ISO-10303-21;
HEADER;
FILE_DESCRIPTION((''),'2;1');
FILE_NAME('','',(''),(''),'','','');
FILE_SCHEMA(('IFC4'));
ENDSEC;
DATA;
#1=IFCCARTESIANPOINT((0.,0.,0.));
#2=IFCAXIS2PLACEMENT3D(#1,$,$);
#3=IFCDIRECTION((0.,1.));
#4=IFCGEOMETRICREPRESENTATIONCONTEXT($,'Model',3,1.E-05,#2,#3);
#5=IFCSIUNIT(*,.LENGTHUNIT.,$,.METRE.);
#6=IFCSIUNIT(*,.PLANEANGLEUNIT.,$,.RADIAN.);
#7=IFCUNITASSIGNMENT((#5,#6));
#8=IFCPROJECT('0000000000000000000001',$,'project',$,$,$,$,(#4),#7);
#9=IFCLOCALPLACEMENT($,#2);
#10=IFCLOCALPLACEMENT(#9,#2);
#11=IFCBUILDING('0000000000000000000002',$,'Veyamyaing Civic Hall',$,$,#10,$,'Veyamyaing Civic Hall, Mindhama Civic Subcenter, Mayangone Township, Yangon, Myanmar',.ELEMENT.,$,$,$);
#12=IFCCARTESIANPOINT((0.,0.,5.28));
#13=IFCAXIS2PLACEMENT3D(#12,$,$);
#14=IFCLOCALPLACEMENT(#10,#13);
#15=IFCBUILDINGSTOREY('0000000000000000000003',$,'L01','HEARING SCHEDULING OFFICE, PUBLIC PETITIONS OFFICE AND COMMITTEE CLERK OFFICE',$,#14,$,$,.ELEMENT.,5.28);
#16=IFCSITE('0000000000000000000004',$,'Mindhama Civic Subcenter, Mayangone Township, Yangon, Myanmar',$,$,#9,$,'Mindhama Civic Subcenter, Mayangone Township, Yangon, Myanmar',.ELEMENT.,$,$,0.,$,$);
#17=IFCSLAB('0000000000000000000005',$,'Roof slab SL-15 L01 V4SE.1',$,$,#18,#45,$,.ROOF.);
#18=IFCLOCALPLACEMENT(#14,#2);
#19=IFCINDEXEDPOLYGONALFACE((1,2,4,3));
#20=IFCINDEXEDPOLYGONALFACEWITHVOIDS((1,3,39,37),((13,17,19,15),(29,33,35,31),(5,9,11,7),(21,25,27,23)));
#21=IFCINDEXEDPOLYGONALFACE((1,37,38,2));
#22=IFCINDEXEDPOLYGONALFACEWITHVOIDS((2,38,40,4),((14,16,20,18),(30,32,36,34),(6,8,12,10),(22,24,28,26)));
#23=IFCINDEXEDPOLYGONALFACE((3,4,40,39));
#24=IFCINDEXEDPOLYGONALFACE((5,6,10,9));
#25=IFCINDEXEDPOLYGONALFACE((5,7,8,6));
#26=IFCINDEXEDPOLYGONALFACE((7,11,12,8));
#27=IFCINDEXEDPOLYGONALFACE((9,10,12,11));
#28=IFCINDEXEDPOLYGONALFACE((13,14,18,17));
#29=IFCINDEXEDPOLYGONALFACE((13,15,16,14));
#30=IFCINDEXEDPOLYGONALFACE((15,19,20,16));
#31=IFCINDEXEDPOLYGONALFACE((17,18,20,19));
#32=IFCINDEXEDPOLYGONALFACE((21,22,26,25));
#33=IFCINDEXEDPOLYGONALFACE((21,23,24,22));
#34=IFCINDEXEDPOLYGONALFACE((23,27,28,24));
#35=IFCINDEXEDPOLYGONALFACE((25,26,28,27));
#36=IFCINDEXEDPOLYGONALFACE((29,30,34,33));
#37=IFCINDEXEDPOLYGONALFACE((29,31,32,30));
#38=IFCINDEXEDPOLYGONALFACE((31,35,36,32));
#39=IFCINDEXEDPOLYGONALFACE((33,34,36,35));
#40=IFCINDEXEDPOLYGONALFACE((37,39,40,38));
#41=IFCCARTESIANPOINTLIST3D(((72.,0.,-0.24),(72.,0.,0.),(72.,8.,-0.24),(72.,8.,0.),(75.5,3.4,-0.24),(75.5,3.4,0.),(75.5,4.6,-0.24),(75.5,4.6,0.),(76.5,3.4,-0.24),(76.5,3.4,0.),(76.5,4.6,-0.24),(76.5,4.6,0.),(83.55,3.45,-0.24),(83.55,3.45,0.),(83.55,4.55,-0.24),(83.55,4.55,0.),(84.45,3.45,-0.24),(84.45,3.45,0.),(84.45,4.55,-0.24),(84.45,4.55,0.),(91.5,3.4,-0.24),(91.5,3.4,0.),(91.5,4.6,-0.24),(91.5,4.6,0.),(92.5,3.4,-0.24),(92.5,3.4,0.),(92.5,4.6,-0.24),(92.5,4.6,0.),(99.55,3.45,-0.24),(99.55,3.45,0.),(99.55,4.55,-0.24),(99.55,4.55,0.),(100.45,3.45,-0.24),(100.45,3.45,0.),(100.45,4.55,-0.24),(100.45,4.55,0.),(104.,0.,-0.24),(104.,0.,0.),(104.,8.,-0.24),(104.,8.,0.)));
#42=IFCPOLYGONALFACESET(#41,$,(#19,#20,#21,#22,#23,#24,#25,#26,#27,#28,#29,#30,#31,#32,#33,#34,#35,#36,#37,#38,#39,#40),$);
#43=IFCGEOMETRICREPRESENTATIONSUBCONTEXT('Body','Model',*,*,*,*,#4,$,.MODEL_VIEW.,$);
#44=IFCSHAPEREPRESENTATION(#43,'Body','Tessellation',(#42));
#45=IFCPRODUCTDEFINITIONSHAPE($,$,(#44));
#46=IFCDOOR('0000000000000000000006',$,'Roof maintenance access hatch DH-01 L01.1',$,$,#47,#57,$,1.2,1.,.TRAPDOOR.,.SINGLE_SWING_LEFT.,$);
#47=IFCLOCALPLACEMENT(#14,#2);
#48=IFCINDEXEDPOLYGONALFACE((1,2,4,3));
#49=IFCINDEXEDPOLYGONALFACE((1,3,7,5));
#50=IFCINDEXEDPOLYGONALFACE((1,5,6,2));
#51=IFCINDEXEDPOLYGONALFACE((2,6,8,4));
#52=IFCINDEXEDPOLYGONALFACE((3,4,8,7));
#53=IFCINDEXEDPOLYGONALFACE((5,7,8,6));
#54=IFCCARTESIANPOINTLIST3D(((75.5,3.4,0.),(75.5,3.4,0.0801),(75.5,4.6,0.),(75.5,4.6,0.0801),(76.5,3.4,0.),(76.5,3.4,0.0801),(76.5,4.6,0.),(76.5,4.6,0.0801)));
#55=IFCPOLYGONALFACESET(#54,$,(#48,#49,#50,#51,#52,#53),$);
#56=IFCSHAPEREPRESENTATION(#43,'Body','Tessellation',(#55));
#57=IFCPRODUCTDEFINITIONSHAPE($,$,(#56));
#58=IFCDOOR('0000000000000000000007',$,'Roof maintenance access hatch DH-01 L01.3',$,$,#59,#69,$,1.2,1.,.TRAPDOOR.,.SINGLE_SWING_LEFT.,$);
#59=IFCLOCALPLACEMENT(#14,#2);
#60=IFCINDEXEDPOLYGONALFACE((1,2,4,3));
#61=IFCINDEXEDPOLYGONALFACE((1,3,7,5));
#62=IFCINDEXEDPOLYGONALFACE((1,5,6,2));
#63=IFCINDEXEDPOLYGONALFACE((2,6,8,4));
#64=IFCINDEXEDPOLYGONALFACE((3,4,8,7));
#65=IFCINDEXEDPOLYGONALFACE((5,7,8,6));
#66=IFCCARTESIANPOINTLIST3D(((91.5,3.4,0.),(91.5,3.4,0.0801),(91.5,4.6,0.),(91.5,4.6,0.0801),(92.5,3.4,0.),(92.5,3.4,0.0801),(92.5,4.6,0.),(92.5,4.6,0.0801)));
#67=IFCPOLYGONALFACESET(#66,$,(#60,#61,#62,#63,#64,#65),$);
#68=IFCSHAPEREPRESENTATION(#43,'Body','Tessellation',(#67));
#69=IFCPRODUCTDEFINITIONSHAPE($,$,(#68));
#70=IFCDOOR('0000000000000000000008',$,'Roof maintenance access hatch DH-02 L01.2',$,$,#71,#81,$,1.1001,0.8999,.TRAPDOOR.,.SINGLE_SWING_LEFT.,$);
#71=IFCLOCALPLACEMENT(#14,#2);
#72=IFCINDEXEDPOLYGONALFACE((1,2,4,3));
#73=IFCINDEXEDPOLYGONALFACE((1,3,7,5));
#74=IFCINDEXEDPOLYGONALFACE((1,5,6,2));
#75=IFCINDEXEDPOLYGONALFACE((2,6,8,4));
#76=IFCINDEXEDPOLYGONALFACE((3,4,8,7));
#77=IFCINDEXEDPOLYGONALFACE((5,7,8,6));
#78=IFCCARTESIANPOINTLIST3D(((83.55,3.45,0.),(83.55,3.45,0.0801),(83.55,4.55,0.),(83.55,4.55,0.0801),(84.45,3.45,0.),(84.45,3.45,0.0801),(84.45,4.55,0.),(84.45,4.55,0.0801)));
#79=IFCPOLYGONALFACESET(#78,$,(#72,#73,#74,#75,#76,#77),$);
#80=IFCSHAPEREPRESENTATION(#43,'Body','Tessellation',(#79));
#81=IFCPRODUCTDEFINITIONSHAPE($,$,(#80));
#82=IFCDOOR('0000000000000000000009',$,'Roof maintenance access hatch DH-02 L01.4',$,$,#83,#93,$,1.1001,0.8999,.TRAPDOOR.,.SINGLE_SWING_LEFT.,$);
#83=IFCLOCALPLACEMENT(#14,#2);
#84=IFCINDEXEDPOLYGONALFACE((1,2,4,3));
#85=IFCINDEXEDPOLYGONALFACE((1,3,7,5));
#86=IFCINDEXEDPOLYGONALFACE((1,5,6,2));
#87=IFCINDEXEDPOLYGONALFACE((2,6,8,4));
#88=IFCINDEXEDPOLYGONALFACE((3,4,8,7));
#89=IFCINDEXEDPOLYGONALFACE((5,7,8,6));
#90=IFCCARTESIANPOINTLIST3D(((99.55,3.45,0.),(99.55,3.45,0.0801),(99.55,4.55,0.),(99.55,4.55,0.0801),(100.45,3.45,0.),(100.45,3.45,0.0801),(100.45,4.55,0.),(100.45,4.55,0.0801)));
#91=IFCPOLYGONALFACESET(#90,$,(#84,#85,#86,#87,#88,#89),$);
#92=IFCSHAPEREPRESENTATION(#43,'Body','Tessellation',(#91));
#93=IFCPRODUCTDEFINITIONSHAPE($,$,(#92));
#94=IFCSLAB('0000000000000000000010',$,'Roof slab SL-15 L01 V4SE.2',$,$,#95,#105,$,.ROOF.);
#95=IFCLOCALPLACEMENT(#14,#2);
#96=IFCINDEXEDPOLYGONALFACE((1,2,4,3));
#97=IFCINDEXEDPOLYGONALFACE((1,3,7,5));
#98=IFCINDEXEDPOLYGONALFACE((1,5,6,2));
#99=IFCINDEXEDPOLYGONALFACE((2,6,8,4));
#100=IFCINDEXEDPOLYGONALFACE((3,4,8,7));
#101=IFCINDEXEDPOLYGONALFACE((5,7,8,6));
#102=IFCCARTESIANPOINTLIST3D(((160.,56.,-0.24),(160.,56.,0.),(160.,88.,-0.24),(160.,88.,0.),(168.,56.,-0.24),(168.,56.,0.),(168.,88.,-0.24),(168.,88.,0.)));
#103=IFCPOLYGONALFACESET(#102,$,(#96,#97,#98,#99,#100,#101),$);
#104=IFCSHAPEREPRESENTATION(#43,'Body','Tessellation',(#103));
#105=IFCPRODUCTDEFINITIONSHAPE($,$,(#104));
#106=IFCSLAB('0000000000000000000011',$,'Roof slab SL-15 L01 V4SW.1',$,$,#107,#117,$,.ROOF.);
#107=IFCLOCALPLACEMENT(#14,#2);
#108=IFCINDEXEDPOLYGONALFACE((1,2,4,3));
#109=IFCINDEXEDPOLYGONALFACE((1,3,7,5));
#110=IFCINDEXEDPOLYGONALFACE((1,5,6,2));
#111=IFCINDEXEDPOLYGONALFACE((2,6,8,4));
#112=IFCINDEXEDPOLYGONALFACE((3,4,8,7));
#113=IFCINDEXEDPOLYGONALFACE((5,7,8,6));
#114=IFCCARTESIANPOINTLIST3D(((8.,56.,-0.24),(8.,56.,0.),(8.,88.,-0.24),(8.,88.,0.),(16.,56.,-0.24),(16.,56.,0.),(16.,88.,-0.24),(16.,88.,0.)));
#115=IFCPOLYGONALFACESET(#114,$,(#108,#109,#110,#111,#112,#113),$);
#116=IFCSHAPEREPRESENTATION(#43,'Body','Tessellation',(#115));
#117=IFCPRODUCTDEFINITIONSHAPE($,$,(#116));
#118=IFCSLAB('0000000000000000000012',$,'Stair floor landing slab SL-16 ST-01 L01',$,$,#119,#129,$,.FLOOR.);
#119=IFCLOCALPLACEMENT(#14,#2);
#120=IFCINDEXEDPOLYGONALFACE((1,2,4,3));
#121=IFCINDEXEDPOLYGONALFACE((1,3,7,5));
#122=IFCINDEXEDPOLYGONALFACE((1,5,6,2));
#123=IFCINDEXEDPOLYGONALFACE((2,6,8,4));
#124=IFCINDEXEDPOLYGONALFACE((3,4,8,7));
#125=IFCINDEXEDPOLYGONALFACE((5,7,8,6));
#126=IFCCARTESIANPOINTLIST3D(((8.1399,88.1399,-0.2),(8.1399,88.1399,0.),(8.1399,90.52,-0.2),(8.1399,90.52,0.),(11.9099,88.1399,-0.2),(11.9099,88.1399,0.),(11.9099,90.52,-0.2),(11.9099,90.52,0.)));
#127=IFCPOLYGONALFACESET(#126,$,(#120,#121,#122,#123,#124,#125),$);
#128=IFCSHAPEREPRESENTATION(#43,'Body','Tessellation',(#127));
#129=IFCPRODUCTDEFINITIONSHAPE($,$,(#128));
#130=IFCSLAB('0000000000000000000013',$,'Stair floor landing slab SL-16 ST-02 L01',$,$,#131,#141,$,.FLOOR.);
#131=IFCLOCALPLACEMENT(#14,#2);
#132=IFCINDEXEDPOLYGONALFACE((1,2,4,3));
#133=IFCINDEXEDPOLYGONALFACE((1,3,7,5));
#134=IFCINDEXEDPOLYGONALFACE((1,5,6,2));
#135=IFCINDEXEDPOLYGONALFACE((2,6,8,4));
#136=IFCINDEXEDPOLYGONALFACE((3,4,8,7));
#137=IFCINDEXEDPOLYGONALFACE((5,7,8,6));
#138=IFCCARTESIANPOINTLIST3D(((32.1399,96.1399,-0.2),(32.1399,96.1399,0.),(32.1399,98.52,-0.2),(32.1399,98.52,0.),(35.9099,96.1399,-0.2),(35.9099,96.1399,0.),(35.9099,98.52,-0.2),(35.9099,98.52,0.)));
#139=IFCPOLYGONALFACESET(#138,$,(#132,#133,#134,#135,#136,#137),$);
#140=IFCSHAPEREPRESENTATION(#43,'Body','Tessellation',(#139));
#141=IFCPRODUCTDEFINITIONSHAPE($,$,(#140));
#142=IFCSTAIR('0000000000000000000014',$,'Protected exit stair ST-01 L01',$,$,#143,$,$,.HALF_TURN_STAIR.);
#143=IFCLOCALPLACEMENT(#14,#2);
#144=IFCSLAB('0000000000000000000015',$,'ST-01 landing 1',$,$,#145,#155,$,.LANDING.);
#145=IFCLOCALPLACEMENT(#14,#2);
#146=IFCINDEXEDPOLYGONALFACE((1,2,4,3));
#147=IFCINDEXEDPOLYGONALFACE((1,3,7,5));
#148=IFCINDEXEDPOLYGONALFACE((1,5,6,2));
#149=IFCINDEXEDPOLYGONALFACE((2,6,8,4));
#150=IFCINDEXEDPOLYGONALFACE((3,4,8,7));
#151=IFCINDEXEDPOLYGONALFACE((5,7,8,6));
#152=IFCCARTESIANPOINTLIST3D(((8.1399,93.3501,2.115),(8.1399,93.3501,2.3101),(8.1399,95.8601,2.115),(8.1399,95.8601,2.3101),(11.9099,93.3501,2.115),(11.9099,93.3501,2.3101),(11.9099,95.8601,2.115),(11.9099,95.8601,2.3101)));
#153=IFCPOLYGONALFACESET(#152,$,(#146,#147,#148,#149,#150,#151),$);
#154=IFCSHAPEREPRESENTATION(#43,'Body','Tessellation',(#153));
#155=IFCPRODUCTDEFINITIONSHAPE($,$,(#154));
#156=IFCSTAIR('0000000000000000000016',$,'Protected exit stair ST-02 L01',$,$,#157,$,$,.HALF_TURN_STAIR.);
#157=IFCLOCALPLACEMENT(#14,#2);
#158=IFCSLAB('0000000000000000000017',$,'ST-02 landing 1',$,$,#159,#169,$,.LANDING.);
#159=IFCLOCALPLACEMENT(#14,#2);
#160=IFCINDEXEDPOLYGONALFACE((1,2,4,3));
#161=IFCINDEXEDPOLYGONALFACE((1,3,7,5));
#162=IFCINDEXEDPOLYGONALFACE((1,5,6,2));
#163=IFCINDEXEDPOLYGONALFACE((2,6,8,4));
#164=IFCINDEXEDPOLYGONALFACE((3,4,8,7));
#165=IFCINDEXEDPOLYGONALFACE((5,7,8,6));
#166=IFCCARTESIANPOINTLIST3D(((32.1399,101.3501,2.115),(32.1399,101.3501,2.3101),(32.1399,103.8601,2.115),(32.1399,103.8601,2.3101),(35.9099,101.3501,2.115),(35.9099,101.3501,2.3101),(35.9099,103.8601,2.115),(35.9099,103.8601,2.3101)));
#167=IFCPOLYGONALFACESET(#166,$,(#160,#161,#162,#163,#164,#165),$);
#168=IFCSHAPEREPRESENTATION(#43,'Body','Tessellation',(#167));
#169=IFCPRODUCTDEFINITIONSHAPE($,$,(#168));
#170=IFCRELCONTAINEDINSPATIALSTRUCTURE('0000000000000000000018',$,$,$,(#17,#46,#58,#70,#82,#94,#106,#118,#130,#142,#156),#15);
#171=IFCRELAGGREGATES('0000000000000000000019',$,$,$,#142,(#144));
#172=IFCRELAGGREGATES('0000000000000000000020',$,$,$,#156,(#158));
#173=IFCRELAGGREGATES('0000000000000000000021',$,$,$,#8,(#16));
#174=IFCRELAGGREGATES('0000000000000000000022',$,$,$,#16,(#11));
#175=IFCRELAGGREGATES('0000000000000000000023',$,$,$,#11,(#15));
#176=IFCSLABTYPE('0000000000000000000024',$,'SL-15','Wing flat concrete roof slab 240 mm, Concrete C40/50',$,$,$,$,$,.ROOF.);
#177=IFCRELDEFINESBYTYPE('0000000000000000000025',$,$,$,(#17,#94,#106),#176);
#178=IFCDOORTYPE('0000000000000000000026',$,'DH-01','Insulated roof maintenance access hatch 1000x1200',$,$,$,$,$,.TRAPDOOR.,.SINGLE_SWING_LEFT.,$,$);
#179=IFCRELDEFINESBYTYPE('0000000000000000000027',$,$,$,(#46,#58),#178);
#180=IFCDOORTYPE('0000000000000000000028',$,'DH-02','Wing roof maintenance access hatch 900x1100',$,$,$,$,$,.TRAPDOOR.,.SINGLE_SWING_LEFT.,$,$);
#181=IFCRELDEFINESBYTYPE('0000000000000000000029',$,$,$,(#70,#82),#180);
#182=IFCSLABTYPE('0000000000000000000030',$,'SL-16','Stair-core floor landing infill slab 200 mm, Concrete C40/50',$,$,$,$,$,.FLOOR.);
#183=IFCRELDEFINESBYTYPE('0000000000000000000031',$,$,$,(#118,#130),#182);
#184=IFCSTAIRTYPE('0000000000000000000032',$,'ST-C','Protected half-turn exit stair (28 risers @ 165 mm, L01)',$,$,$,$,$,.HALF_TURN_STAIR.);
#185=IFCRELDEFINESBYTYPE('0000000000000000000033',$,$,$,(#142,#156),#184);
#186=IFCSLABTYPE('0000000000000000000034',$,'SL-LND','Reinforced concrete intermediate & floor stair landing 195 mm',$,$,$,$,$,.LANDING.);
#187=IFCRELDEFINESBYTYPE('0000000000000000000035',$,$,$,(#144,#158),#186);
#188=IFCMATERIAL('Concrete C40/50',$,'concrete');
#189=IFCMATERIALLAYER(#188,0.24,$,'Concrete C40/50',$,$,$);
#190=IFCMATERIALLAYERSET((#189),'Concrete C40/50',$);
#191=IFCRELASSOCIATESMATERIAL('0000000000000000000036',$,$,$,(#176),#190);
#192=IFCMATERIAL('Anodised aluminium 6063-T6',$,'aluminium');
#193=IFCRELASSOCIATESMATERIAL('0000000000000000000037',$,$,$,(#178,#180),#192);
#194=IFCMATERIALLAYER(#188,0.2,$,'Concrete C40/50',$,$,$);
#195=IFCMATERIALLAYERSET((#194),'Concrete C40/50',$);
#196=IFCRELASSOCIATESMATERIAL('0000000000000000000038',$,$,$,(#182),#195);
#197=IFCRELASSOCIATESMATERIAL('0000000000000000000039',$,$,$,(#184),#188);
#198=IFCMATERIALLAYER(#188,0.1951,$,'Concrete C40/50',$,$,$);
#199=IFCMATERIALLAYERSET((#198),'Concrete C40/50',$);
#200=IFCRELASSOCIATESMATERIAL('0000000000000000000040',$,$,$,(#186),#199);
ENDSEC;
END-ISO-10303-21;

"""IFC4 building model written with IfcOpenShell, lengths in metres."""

from ifc_helpers import new_model, si_unit, direction, frame, origin, origin_2d, place, context, subcontext, project, spatial, polyline, rectangle, outline, extrude, material, layer, layer_set, type_object, element, fill, aggregate, save


model = new_model("IFC4")

# Units and contexts
model_context = context("Model", 3, precision=1e-05, world=origin(), true_north=direction((0.0, 1.0)))
body_context = subcontext(model_context, "Body", "Model", "MODEL_VIEW")
ifc_project = project(units=[si_unit("LENGTHUNIT", "METRE"), si_unit("PLANEANGLEUNIT", "RADIAN")], contexts=[model_context])

# Site, building, storey
site_placement = place(None, origin())
site = spatial("IfcSite", under=ifc_project, at=site_placement, Name="Mindhama Civic Subcenter, Mayangone Township, Yangon, Myanmar", LongName="Mindhama Civic Subcenter, Mayangone Township, Yangon, Myanmar", CompositionType="ELEMENT", RefElevation=0.0)
building_placement = place(site_placement, origin())
building = spatial("IfcBuilding", under=site, at=building_placement, Name="Veyamyaing Civic Hall", LongName="Veyamyaing Civic Hall, Mindhama Civic Subcenter, Mayangone Township, Yangon, Myanmar", CompositionType="ELEMENT")
storey_placement = place(building_placement, frame((0.0, 0.0, 5.28)))
storey = spatial("IfcBuildingStorey", under=building, at=storey_placement, Name="L01", Description="HEARING SCHEDULING OFFICE, PUBLIC PETITIONS OFFICE AND COMMITTEE CLERK OFFICE", CompositionType="ELEMENT", Elevation=5.28)

# Shared definitions
ifc_material_1 = material(Name="Concrete C40/50", Category="concrete")

# Slab, openings, doors
ifc_layer_1 = layer(ifc_material_1, 0.24, Name="Concrete C40/50")
ifc_layer_set_1 = layer_set([ifc_layer_1], Name="Concrete C40/50")
slab_type_1 = type_object("IfcSlabType", Name="SL-15", Description="Wing flat concrete roof slab 240 mm, Concrete C40/50", PredefinedType="ROOF", material=ifc_layer_set_1)
slab_1_placement = place(storey_placement, frame((0.0, 0.0, -0.24)))
slab_1 = element("IfcSlab", 1, at=slab_1_placement, inside=storey, type_object=slab_type_1, Name="Roof slab SL-15 L01 V4SE.1", PredefinedType="ROOF", context=body_context, shape_type="SweptSolid", body=[
    extrude(outline(polyline([(72.0, 8.0), (104.0, 8.0), (104.0, 0.0), (72.0, 0.0), (72.0, 8.0)])), origin(), (0.0, 0.0, 1.0), 0.24),
])
opening_1_placement = place(slab_1_placement, frame((76.0, 4.0, 0.0)))
opening_1 = element("IfcOpeningElement", 2, at=opening_1_placement, cuts=slab_1, PredefinedType="OPENING", context=body_context, shape_type="SweptSolid", body=[
    extrude(rectangle(XDim=1.0, YDim=1.2, at=origin_2d()), frame((0.0, 0.0, -0.01)), (0.0, 0.0, 1.0), 0.3401),
])
opening_2_placement = place(slab_1_placement, frame((84.0, 4.0, 0.0)))
opening_2 = element("IfcOpeningElement", 3, at=opening_2_placement, cuts=slab_1, PredefinedType="OPENING", context=body_context, shape_type="SweptSolid", body=[
    extrude(rectangle(XDim=0.8999, YDim=1.1001, at=origin_2d()), frame((0.0, 0.0, -0.01)), (0.0, 0.0, 1.0), 0.3401),
])
opening_3_placement = place(slab_1_placement, frame((92.0, 4.0, 0.0)))
opening_3 = element("IfcOpeningElement", 4, at=opening_3_placement, cuts=slab_1, PredefinedType="OPENING", context=body_context, shape_type="SweptSolid", body=[
    extrude(rectangle(XDim=1.0, YDim=1.2, at=origin_2d()), frame((0.0, 0.0, -0.01)), (0.0, 0.0, 1.0), 0.3401),
])
opening_4_placement = place(slab_1_placement, frame((100.0, 4.0, 0.0)))
opening_4 = element("IfcOpeningElement", 5, at=opening_4_placement, cuts=slab_1, PredefinedType="OPENING", context=body_context, shape_type="SweptSolid", body=[
    extrude(rectangle(XDim=0.8999, YDim=1.1001, at=origin_2d()), frame((0.0, 0.0, -0.01)), (0.0, 0.0, 1.0), 0.3401),
])
ifc_material_2 = material(Name="Anodised aluminium 6063-T6", Category="aluminium")
door_type_1 = type_object("IfcDoorType", Name="DH-01", Description="Insulated roof maintenance access hatch 1000x1200", OperationType="SINGLE_SWING_LEFT", PredefinedType="TRAPDOOR", material=ifc_material_2)
door_1_placement = place(opening_1_placement, frame((0.0, 0.0, 0.24)))
door_1 = element("IfcDoor", 6, at=door_1_placement, inside=storey, type_object=door_type_1, Name="Roof maintenance access hatch DH-01 L01.1", OperationType="SINGLE_SWING_LEFT", OverallHeight=1.2, OverallWidth=1.0, PredefinedType="TRAPDOOR", context=body_context, shape_type="SweptSolid", body=[
    extrude(rectangle(XDim=1.0, YDim=1.2, at=origin_2d()), origin(), (0.0, 0.0, 1.0), 0.0801),
])
fill(opening_1, door_1)
door_2_placement = place(opening_3_placement, frame((0.0, 0.0, 0.24)))
door_2 = element("IfcDoor", 7, at=door_2_placement, inside=storey, type_object=door_type_1, Name="Roof maintenance access hatch DH-01 L01.3", OperationType="SINGLE_SWING_LEFT", OverallHeight=1.2, OverallWidth=1.0, PredefinedType="TRAPDOOR", context=body_context, shape_type="SweptSolid", body=[
    extrude(rectangle(XDim=1.0, YDim=1.2, at=origin_2d()), origin(), (0.0, 0.0, 1.0), 0.0801),
])
fill(opening_3, door_2)
door_type_2 = type_object("IfcDoorType", Name="DH-02", Description="Wing roof maintenance access hatch 900x1100", OperationType="SINGLE_SWING_LEFT", PredefinedType="TRAPDOOR", material=ifc_material_2)
door_3_placement = place(opening_2_placement, frame((0.0, 0.0, 0.24)))
door_3 = element("IfcDoor", 8, at=door_3_placement, inside=storey, type_object=door_type_2, Name="Roof maintenance access hatch DH-02 L01.2", OperationType="SINGLE_SWING_LEFT", OverallHeight=1.1001, OverallWidth=0.8999, PredefinedType="TRAPDOOR", context=body_context, shape_type="SweptSolid", body=[
    extrude(rectangle(XDim=0.8999, YDim=1.1001, at=origin_2d()), origin(), (0.0, 0.0, 1.0), 0.0801),
])
fill(opening_2, door_3)
door_4_placement = place(opening_4_placement, frame((0.0, 0.0, 0.24)))
door_4 = element("IfcDoor", 9, at=door_4_placement, inside=storey, type_object=door_type_2, Name="Roof maintenance access hatch DH-02 L01.4", OperationType="SINGLE_SWING_LEFT", OverallHeight=1.1001, OverallWidth=0.8999, PredefinedType="TRAPDOOR", context=body_context, shape_type="SweptSolid", body=[
    extrude(rectangle(XDim=0.8999, YDim=1.1001, at=origin_2d()), origin(), (0.0, 0.0, 1.0), 0.0801),
])
fill(opening_4, door_4)

# Slabs
slab_2_placement = place(storey_placement, frame((0.0, 0.0, -0.24)))
element("IfcSlab", 10, at=slab_2_placement, inside=storey, type_object=slab_type_1, Name="Roof slab SL-15 L01 V4SE.2", PredefinedType="ROOF", context=body_context, shape_type="SweptSolid", body=[
    extrude(outline(polyline([(160.0, 56.0), (160.0, 88.0), (168.0, 88.0), (168.0, 56.0), (160.0, 56.0)])), origin(), (0.0, 0.0, 1.0), 0.24),
])
slab_3_placement = place(storey_placement, frame((0.0, 0.0, -0.24)))
element("IfcSlab", 11, at=slab_3_placement, inside=storey, type_object=slab_type_1, Name="Roof slab SL-15 L01 V4SW.1", PredefinedType="ROOF", context=body_context, shape_type="SweptSolid", body=[
    extrude(outline(polyline([(8.0, 56.0), (8.0, 88.0), (16.0, 88.0), (16.0, 56.0), (8.0, 56.0)])), origin(), (0.0, 0.0, 1.0), 0.24),
])
ifc_layer_2 = layer(ifc_material_1, 0.2, Name="Concrete C40/50")
ifc_layer_set_2 = layer_set([ifc_layer_2], Name="Concrete C40/50")
slab_type_2 = type_object("IfcSlabType", Name="SL-16", Description="Stair-core floor landing infill slab 200 mm, Concrete C40/50", PredefinedType="FLOOR", material=ifc_layer_set_2)
slab_4_placement = place(storey_placement, frame((0.0, 0.0, -0.2)))
element("IfcSlab", 12, at=slab_4_placement, inside=storey, type_object=slab_type_2, Name="Stair floor landing slab SL-16 ST-01 L01", PredefinedType="FLOOR", context=body_context, shape_type="SweptSolid", body=[
    extrude(outline(polyline([(8.1399, 88.1399), (11.9099, 88.1399), (11.9099, 90.52), (8.1399, 90.52), (8.1399, 88.1399)])), origin(), (0.0, 0.0, 1.0), 0.2),
])
slab_5_placement = place(storey_placement, frame((0.0, 0.0, -0.2)))
element("IfcSlab", 13, at=slab_5_placement, inside=storey, type_object=slab_type_2, Name="Stair floor landing slab SL-16 ST-02 L01", PredefinedType="FLOOR", context=body_context, shape_type="SweptSolid", body=[
    extrude(outline(polyline([(32.1399, 96.1399), (35.9099, 96.1399), (35.9099, 98.52), (32.1399, 98.52), (32.1399, 96.1399)])), origin(), (0.0, 0.0, 1.0), 0.2),
])

# Stairs, slabs
stair_type = type_object("IfcStairType", Name="ST-C", Description="Protected half-turn exit stair (28 risers @ 165 mm, L01)", PredefinedType="HALF_TURN_STAIR", material=ifc_material_1)
stair_1_placement = place(storey_placement, origin())
stair_1 = element("IfcStair", 14, at=stair_1_placement, inside=storey, type_object=stair_type, Name="Protected exit stair ST-01 L01", PredefinedType="HALF_TURN_STAIR")
ifc_layer_3 = layer(ifc_material_1, 0.1951, Name="Concrete C40/50")
ifc_layer_set_3 = layer_set([ifc_layer_3], Name="Concrete C40/50")
slab_type_3 = type_object("IfcSlabType", Name="SL-LND", Description="Reinforced concrete intermediate & floor stair landing 195 mm", PredefinedType="LANDING", material=ifc_layer_set_3)
slab_6_placement = place(storey_placement, frame((0.0, 0.0, 2.115)))
slab_6 = element("IfcSlab", 15, at=slab_6_placement, type_object=slab_type_3, Name="ST-01 landing 1", PredefinedType="LANDING", context=body_context, shape_type="SweptSolid", body=[
    extrude(outline(polyline([(8.1399, 93.3501), (11.9099, 93.3501), (11.9099, 95.8601), (8.1399, 95.8601), (8.1399, 93.3501)])), origin(), (0.0, 0.0, 1.0), 0.1951),
])
aggregate(stair_1, [slab_6])
stair_2_placement = place(storey_placement, origin())
stair_2 = element("IfcStair", 16, at=stair_2_placement, inside=storey, type_object=stair_type, Name="Protected exit stair ST-02 L01", PredefinedType="HALF_TURN_STAIR")
slab_7_placement = place(storey_placement, frame((0.0, 0.0, 2.115)))
slab_7 = element("IfcSlab", 17, at=slab_7_placement, type_object=slab_type_3, Name="ST-02 landing 1", PredefinedType="LANDING", context=body_context, shape_type="SweptSolid", body=[
    extrude(outline(polyline([(32.1399, 101.3501), (35.9099, 101.3501), (35.9099, 103.8601), (32.1399, 103.8601), (32.1399, 101.3501)])), origin(), (0.0, 0.0, 1.0), 0.1951),
])
aggregate(stair_2, [slab_7])

save(model, "model.ifc")
